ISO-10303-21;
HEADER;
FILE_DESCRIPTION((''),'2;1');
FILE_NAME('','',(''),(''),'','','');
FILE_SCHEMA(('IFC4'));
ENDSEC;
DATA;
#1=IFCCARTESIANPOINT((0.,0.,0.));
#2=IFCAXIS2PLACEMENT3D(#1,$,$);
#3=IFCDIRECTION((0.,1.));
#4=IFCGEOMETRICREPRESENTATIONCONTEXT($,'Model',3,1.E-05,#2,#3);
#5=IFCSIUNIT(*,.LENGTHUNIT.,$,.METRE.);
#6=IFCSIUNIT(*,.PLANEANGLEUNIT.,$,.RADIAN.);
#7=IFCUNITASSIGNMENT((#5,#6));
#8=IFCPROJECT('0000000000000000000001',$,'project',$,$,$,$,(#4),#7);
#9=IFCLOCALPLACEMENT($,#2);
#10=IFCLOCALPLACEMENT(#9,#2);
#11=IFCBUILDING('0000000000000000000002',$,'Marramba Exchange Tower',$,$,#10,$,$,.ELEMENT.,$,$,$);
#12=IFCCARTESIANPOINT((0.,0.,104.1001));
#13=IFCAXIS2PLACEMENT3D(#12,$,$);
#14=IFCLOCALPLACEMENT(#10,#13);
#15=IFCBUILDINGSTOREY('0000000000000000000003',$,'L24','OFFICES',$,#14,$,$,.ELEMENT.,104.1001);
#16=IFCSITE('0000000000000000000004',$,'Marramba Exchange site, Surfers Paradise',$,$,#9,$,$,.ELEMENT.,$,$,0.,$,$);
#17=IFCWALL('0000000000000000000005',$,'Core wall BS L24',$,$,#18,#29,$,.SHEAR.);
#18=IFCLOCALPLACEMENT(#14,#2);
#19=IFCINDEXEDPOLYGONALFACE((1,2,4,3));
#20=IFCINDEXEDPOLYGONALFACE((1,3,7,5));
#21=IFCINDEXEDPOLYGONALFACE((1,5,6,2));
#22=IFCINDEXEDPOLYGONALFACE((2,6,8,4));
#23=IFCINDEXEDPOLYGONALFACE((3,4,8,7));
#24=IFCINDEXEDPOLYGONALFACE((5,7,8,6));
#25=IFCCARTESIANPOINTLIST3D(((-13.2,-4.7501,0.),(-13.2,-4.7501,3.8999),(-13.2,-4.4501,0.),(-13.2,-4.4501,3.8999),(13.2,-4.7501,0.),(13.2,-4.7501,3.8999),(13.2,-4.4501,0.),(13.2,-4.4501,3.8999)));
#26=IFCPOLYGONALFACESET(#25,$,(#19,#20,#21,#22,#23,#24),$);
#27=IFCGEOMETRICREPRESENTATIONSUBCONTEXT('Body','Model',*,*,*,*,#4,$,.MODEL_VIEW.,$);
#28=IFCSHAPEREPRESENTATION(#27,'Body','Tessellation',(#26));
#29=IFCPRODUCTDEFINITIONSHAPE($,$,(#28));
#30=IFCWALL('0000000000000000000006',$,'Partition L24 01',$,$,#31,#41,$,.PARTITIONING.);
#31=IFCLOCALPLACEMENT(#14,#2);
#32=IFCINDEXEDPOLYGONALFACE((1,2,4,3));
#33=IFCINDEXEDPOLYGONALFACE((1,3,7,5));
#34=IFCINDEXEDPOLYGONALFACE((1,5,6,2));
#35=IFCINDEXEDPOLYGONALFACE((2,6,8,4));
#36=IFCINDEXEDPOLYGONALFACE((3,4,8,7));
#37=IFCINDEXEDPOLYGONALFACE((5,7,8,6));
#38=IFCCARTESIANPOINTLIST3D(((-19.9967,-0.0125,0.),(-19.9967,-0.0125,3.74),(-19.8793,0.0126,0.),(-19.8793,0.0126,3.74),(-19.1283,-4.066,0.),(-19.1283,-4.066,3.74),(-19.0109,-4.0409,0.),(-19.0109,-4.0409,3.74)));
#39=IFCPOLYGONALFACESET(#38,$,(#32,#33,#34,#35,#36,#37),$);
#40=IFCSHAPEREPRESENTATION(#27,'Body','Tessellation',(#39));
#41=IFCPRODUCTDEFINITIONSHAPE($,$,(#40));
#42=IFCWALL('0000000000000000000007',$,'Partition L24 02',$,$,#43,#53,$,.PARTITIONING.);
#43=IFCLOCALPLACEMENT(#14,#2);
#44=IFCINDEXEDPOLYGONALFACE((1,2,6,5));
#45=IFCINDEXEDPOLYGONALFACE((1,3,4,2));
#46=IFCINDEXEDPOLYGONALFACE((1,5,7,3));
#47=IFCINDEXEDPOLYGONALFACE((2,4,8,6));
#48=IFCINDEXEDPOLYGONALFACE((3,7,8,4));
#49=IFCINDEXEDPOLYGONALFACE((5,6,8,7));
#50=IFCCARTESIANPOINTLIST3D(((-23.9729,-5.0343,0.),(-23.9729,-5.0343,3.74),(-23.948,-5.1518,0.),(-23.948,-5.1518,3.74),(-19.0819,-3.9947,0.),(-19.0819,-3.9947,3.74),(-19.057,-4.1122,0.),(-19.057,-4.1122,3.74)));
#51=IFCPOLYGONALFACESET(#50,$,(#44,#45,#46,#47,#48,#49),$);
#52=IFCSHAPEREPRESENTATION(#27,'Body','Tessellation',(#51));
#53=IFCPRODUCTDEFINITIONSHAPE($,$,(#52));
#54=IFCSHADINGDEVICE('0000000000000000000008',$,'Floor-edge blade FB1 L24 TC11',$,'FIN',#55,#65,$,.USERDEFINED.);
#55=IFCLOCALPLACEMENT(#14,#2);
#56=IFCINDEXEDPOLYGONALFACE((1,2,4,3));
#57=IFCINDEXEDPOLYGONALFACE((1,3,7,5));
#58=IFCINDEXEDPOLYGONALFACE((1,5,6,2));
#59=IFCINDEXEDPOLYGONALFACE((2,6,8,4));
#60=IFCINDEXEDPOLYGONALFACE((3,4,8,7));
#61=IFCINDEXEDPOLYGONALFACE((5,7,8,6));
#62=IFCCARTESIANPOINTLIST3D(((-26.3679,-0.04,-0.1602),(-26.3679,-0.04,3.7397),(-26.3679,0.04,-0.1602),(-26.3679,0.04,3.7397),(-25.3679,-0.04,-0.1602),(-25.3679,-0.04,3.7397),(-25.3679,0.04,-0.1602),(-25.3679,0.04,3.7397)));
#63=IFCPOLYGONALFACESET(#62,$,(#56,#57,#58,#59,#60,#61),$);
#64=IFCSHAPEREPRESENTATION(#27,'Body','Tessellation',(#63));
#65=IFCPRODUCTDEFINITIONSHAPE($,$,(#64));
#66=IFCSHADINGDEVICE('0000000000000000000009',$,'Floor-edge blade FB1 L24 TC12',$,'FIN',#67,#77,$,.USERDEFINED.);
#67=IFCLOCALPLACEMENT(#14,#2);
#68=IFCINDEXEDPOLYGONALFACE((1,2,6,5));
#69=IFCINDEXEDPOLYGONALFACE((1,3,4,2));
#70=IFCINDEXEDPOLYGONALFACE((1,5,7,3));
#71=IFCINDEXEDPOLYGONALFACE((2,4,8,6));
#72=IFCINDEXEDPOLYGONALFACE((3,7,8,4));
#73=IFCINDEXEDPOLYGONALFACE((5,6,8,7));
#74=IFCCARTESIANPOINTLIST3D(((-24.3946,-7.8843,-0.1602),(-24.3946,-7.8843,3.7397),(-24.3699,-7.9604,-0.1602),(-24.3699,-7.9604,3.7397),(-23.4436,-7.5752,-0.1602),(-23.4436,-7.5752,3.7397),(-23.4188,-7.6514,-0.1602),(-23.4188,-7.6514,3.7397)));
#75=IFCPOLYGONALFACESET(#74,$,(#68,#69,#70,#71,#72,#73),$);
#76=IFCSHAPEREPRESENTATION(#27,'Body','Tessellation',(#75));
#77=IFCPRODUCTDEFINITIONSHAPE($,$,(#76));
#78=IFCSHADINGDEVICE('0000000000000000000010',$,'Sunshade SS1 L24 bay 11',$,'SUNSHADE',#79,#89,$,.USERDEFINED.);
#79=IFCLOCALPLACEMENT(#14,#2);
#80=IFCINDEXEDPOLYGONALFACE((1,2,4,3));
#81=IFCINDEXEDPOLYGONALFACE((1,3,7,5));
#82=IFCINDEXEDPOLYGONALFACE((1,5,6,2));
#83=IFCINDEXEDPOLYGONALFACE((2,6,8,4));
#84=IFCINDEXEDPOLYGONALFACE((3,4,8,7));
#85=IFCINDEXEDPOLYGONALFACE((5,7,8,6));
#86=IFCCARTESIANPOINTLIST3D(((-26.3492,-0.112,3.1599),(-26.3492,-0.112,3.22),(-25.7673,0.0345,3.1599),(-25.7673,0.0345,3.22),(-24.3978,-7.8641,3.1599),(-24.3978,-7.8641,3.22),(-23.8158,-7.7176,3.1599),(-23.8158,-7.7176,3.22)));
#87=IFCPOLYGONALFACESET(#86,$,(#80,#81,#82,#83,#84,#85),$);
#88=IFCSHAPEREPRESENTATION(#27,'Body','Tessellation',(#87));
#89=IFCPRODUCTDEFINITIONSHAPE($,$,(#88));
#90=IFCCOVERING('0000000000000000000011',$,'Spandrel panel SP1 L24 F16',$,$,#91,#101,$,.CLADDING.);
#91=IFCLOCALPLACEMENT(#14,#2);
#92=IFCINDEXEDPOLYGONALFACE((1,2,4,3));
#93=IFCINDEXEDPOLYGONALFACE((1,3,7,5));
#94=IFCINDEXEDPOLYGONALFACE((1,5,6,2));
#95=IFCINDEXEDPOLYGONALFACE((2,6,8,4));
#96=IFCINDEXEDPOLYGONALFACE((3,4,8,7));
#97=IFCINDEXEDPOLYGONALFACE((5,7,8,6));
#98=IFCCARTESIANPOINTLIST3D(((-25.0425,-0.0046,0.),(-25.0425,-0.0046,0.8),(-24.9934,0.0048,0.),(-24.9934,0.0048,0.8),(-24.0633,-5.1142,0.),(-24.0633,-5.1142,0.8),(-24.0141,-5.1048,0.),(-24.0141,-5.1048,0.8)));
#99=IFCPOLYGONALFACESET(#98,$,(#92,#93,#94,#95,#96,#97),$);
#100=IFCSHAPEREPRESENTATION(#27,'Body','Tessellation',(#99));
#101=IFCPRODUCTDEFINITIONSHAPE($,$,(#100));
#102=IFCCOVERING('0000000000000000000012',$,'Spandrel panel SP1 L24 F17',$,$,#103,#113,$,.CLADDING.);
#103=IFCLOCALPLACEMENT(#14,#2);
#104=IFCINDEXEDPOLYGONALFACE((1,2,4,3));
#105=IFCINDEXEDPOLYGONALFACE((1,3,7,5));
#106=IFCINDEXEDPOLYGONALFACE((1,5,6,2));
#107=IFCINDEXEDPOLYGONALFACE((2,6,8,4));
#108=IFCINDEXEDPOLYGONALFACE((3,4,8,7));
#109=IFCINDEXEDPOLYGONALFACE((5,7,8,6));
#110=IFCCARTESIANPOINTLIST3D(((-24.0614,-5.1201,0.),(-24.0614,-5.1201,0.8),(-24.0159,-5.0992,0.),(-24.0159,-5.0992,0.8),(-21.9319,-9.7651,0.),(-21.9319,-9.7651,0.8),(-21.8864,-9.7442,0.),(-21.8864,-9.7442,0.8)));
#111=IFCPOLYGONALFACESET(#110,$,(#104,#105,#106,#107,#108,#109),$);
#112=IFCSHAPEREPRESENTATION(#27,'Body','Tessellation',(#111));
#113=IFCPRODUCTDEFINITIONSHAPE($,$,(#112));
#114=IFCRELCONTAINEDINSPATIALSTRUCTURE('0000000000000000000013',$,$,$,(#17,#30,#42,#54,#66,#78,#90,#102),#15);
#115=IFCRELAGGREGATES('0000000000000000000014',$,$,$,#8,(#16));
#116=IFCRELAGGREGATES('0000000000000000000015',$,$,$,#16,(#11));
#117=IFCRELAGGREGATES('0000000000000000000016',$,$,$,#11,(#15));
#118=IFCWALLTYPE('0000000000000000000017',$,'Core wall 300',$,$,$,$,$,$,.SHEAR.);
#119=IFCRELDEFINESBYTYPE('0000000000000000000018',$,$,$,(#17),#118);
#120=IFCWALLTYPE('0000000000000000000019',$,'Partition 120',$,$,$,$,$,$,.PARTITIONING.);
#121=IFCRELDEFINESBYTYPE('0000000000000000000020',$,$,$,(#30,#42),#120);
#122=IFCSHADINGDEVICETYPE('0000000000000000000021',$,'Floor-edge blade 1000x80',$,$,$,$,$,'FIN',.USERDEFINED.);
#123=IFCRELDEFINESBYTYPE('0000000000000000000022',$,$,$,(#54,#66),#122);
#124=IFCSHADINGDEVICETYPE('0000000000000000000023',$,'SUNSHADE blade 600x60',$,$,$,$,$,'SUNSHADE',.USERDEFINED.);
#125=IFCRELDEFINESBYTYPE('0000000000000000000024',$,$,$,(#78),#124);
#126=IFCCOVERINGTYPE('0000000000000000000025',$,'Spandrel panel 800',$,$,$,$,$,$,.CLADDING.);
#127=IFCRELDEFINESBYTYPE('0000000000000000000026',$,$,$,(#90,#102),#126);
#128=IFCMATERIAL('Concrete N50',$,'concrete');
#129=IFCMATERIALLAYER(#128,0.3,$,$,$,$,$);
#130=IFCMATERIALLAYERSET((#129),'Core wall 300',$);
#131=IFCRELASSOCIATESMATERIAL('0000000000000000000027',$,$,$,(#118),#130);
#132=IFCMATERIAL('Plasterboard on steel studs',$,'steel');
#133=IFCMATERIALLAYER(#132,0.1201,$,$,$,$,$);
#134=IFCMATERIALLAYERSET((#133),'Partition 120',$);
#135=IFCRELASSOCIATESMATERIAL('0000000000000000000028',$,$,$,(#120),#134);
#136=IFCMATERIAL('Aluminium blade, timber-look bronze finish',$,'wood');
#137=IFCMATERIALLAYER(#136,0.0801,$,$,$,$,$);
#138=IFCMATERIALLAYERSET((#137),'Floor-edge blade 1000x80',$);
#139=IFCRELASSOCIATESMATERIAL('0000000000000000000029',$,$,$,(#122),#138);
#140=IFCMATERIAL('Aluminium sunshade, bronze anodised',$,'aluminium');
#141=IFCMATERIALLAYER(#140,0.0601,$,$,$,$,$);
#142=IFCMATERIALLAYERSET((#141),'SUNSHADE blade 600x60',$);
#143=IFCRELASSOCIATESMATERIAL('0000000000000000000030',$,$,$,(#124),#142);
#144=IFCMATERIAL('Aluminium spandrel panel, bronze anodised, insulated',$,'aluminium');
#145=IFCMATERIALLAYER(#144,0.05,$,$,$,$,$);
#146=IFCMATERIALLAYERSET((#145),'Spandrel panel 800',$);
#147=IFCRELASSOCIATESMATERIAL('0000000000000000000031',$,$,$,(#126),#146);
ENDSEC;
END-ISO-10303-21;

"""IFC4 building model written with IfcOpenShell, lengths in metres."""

from ifc_helpers import new_model, si_unit, direction, frame, frame_2d, origin, origin_2d, place, context, subcontext, project, spatial, rectangle, extrude, material, layer, layer_set, type_object, element, save


model = new_model("IFC4")

# Units and contexts
model_context = context("Model", 3, precision=1e-05, world=origin(), true_north=direction((0.0, 1.0)))
body_context = subcontext(model_context, "Body", "Model", "MODEL_VIEW")
ifc_project = project(units=[si_unit("LENGTHUNIT", "METRE"), si_unit("PLANEANGLEUNIT", "RADIAN")], contexts=[model_context])

# Site, building, storey
site_placement = place(None, origin())
site = spatial("IfcSite", under=ifc_project, at=site_placement, Name="Marramba Exchange site, Surfers Paradise", CompositionType="ELEMENT", RefElevation=0.0)
building_placement = place(site_placement, origin())
building = spatial("IfcBuilding", under=site, at=building_placement, Name="Marramba Exchange Tower", CompositionType="ELEMENT")
storey_placement = place(building_placement, frame((0.0, 0.0, 104.1001)))
storey = spatial("IfcBuildingStorey", under=building, at=storey_placement, Name="L24", Description="OFFICES", CompositionType="ELEMENT", Elevation=104.1001)

# Shared definitions
ifc_material_1 = material(Name="Concrete N50", Category="concrete")

# Walls
ifc_layer_1 = layer(ifc_material_1, 0.3)
ifc_layer_set_1 = layer_set([ifc_layer_1], Name="Core wall 300")
wall_type_1 = type_object("IfcWallType", Name="Core wall 300", PredefinedType="SHEAR", material=ifc_layer_set_1)
wall_1_placement = place(storey_placement, frame((-13.2, -4.6001, 0.0), z_axis=(0.0, 0.0, 1.0), x_axis=(1.0, 0.0, 0.0)))
element("IfcWall", 1, at=wall_1_placement, inside=storey, type_object=wall_type_1, Name="Core wall BS L24", PredefinedType="SHEAR", context=body_context, shape_type="SweptSolid", body=[
    extrude(rectangle(XDim=26.3999, YDim=0.3, at=frame_2d((13.2, 0.0))), origin(), (0.0, 0.0, 1.0), 3.8999),
])
ifc_material_2 = material(Name="Plasterboard on steel studs", Category="steel")
ifc_layer_2 = layer(ifc_material_2, 0.1201)
ifc_layer_set_2 = layer_set([ifc_layer_2], Name="Partition 120")
wall_type_2 = type_object("IfcWallType", Name="Partition 120", PredefinedType="PARTITIONING", material=ifc_layer_set_2)
wall_2_placement = place(storey_placement, frame((-19.0696, -4.0535, 0.0), z_axis=(0.0, 0.0, 1.0), x_axis=(-0.209485, 0.977812, 0.0)))
element("IfcWall", 2, at=wall_2_placement, inside=storey, type_object=wall_type_2, Name="Partition L24 01", PredefinedType="PARTITIONING", context=body_context, shape_type="SweptSolid", body=[
    extrude(rectangle(XDim=4.1455, YDim=0.1201, at=frame_2d((2.0728, 0.0))), origin(), (0.0, 0.0, 1.0), 3.74),
])
wall_3_placement = place(storey_placement, frame((-19.0696, -4.0535, 0.0), z_axis=(0.0, 0.0, 1.0), x_axis=(-0.978149, -0.207905, 0.0)))
element("IfcWall", 3, at=wall_3_placement, inside=storey, type_object=wall_type_2, Name="Partition L24 02", PredefinedType="PARTITIONING", context=body_context, shape_type="SweptSolid", body=[
    extrude(rectangle(XDim=5.0002, YDim=0.1201, at=frame_2d((2.5, 0.0))), origin(), (0.0, 0.0, 1.0), 3.74),
])

# Shading devices
ifc_material_3 = material(Name="Aluminium blade, timber-look bronze finish", Category="wood")
ifc_layer_3 = layer(ifc_material_3, 0.0801)
ifc_layer_set_3 = layer_set([ifc_layer_3], Name="Floor-edge blade 1000x80")
shading_device_type_1 = type_object("IfcShadingDeviceType", Name="Floor-edge blade 1000x80", ElementType="FIN", PredefinedType="USERDEFINED", material=ifc_layer_set_3)
for number, where, z_axis, x_axis, name in (
    (4, (-25.8679, 0.0, -0.1602), (0.0, 0.0, 1.0), (-1.0, 0.0, 0.0), "Floor-edge blade FB1 L24 TC11"),
    (5, (-23.9067, -7.7678, -0.1602), (0.0, 0.0, 1.0), (-0.951057, -0.309017, 0.0), "Floor-edge blade FB1 L24 TC12"),
):
    element("IfcShadingDevice", number, at=place(storey_placement, frame(where, z_axis=z_axis, x_axis=x_axis)), inside=storey, type_object=shading_device_type_1, Name=name, ObjectType="FIN", PredefinedType="USERDEFINED", context=body_context, shape_type="SweptSolid", body=[
        extrude(rectangle(XDim=1.0, YDim=0.0801, at=origin_2d()), origin(), (0.0, 0.0, 1.0), 3.8999),
    ])
ifc_material_4 = material(Name="Aluminium sunshade, bronze anodised", Category="aluminium")
ifc_layer_4 = layer(ifc_material_4, 0.0601)
ifc_layer_set_4 = layer_set([ifc_layer_4], Name="SUNSHADE blade 600x60")
shading_device_type_2 = type_object("IfcShadingDeviceType", Name="SUNSHADE blade 600x60", ElementType="SUNSHADE", PredefinedType="USERDEFINED", material=ifc_layer_set_4)
shading_device_placement = place(storey_placement, frame((-25.0825, -3.9148, 3.1599), z_axis=(0.0, 0.0, 1.0), x_axis=(0.244117, -0.969746, 0.0)))
element("IfcShadingDevice", 6, at=shading_device_placement, inside=storey, type_object=shading_device_type_2, Name="Sunshade SS1 L24 bay 11", ObjectType="SUNSHADE", PredefinedType="USERDEFINED", context=body_context, shape_type="SweptSolid", body=[
    extrude(rectangle(XDim=7.9939, YDim=0.6001, at=origin_2d()), origin(), (0.0, 0.0, 1.0), 0.0601),
])

# Coverings
ifc_material_5 = material(Name="Aluminium spandrel panel, bronze anodised, insulated", Category="aluminium")
ifc_layer_5 = layer(ifc_material_5, 0.05)
ifc_layer_set_5 = layer_set([ifc_layer_5], Name="Spandrel panel 800")
covering_type = type_object("IfcCoveringType", Name="Spandrel panel 800", PredefinedType="CLADDING", material=ifc_layer_set_5)
covering_1_placement = place(storey_placement, frame((-24.5283, -2.5547, 0.0), z_axis=(0.0, 0.0, 1.0), x_axis=(0.188227, -0.982126, 0.0)))
element("IfcCovering", 7, at=covering_1_placement, inside=storey, type_object=covering_type, Name="Spandrel panel SP1 L24 F16", PredefinedType="CLADDING", context=body_context, shape_type="SweptSolid", body=[
    extrude(rectangle(XDim=5.2026, YDim=0.05, at=origin_2d()), origin(), (0.0, 0.0, 1.0), 0.8),
])
covering_2_placement = place(storey_placement, frame((-22.9739, -7.4321, 0.0), z_axis=(0.0, 0.0, 1.0), x_axis=(0.416738, -0.909027, 0.0)))
element("IfcCovering", 8, at=covering_2_placement, inside=storey, type_object=covering_type, Name="Spandrel panel SP1 L24 F17", PredefinedType="CLADDING", context=body_context, shape_type="SweptSolid", body=[
    extrude(rectangle(XDim=5.1099, YDim=0.05, at=origin_2d()), origin(), (0.0, 0.0, 1.0), 0.8),
])

save(model, "model.ifc")
